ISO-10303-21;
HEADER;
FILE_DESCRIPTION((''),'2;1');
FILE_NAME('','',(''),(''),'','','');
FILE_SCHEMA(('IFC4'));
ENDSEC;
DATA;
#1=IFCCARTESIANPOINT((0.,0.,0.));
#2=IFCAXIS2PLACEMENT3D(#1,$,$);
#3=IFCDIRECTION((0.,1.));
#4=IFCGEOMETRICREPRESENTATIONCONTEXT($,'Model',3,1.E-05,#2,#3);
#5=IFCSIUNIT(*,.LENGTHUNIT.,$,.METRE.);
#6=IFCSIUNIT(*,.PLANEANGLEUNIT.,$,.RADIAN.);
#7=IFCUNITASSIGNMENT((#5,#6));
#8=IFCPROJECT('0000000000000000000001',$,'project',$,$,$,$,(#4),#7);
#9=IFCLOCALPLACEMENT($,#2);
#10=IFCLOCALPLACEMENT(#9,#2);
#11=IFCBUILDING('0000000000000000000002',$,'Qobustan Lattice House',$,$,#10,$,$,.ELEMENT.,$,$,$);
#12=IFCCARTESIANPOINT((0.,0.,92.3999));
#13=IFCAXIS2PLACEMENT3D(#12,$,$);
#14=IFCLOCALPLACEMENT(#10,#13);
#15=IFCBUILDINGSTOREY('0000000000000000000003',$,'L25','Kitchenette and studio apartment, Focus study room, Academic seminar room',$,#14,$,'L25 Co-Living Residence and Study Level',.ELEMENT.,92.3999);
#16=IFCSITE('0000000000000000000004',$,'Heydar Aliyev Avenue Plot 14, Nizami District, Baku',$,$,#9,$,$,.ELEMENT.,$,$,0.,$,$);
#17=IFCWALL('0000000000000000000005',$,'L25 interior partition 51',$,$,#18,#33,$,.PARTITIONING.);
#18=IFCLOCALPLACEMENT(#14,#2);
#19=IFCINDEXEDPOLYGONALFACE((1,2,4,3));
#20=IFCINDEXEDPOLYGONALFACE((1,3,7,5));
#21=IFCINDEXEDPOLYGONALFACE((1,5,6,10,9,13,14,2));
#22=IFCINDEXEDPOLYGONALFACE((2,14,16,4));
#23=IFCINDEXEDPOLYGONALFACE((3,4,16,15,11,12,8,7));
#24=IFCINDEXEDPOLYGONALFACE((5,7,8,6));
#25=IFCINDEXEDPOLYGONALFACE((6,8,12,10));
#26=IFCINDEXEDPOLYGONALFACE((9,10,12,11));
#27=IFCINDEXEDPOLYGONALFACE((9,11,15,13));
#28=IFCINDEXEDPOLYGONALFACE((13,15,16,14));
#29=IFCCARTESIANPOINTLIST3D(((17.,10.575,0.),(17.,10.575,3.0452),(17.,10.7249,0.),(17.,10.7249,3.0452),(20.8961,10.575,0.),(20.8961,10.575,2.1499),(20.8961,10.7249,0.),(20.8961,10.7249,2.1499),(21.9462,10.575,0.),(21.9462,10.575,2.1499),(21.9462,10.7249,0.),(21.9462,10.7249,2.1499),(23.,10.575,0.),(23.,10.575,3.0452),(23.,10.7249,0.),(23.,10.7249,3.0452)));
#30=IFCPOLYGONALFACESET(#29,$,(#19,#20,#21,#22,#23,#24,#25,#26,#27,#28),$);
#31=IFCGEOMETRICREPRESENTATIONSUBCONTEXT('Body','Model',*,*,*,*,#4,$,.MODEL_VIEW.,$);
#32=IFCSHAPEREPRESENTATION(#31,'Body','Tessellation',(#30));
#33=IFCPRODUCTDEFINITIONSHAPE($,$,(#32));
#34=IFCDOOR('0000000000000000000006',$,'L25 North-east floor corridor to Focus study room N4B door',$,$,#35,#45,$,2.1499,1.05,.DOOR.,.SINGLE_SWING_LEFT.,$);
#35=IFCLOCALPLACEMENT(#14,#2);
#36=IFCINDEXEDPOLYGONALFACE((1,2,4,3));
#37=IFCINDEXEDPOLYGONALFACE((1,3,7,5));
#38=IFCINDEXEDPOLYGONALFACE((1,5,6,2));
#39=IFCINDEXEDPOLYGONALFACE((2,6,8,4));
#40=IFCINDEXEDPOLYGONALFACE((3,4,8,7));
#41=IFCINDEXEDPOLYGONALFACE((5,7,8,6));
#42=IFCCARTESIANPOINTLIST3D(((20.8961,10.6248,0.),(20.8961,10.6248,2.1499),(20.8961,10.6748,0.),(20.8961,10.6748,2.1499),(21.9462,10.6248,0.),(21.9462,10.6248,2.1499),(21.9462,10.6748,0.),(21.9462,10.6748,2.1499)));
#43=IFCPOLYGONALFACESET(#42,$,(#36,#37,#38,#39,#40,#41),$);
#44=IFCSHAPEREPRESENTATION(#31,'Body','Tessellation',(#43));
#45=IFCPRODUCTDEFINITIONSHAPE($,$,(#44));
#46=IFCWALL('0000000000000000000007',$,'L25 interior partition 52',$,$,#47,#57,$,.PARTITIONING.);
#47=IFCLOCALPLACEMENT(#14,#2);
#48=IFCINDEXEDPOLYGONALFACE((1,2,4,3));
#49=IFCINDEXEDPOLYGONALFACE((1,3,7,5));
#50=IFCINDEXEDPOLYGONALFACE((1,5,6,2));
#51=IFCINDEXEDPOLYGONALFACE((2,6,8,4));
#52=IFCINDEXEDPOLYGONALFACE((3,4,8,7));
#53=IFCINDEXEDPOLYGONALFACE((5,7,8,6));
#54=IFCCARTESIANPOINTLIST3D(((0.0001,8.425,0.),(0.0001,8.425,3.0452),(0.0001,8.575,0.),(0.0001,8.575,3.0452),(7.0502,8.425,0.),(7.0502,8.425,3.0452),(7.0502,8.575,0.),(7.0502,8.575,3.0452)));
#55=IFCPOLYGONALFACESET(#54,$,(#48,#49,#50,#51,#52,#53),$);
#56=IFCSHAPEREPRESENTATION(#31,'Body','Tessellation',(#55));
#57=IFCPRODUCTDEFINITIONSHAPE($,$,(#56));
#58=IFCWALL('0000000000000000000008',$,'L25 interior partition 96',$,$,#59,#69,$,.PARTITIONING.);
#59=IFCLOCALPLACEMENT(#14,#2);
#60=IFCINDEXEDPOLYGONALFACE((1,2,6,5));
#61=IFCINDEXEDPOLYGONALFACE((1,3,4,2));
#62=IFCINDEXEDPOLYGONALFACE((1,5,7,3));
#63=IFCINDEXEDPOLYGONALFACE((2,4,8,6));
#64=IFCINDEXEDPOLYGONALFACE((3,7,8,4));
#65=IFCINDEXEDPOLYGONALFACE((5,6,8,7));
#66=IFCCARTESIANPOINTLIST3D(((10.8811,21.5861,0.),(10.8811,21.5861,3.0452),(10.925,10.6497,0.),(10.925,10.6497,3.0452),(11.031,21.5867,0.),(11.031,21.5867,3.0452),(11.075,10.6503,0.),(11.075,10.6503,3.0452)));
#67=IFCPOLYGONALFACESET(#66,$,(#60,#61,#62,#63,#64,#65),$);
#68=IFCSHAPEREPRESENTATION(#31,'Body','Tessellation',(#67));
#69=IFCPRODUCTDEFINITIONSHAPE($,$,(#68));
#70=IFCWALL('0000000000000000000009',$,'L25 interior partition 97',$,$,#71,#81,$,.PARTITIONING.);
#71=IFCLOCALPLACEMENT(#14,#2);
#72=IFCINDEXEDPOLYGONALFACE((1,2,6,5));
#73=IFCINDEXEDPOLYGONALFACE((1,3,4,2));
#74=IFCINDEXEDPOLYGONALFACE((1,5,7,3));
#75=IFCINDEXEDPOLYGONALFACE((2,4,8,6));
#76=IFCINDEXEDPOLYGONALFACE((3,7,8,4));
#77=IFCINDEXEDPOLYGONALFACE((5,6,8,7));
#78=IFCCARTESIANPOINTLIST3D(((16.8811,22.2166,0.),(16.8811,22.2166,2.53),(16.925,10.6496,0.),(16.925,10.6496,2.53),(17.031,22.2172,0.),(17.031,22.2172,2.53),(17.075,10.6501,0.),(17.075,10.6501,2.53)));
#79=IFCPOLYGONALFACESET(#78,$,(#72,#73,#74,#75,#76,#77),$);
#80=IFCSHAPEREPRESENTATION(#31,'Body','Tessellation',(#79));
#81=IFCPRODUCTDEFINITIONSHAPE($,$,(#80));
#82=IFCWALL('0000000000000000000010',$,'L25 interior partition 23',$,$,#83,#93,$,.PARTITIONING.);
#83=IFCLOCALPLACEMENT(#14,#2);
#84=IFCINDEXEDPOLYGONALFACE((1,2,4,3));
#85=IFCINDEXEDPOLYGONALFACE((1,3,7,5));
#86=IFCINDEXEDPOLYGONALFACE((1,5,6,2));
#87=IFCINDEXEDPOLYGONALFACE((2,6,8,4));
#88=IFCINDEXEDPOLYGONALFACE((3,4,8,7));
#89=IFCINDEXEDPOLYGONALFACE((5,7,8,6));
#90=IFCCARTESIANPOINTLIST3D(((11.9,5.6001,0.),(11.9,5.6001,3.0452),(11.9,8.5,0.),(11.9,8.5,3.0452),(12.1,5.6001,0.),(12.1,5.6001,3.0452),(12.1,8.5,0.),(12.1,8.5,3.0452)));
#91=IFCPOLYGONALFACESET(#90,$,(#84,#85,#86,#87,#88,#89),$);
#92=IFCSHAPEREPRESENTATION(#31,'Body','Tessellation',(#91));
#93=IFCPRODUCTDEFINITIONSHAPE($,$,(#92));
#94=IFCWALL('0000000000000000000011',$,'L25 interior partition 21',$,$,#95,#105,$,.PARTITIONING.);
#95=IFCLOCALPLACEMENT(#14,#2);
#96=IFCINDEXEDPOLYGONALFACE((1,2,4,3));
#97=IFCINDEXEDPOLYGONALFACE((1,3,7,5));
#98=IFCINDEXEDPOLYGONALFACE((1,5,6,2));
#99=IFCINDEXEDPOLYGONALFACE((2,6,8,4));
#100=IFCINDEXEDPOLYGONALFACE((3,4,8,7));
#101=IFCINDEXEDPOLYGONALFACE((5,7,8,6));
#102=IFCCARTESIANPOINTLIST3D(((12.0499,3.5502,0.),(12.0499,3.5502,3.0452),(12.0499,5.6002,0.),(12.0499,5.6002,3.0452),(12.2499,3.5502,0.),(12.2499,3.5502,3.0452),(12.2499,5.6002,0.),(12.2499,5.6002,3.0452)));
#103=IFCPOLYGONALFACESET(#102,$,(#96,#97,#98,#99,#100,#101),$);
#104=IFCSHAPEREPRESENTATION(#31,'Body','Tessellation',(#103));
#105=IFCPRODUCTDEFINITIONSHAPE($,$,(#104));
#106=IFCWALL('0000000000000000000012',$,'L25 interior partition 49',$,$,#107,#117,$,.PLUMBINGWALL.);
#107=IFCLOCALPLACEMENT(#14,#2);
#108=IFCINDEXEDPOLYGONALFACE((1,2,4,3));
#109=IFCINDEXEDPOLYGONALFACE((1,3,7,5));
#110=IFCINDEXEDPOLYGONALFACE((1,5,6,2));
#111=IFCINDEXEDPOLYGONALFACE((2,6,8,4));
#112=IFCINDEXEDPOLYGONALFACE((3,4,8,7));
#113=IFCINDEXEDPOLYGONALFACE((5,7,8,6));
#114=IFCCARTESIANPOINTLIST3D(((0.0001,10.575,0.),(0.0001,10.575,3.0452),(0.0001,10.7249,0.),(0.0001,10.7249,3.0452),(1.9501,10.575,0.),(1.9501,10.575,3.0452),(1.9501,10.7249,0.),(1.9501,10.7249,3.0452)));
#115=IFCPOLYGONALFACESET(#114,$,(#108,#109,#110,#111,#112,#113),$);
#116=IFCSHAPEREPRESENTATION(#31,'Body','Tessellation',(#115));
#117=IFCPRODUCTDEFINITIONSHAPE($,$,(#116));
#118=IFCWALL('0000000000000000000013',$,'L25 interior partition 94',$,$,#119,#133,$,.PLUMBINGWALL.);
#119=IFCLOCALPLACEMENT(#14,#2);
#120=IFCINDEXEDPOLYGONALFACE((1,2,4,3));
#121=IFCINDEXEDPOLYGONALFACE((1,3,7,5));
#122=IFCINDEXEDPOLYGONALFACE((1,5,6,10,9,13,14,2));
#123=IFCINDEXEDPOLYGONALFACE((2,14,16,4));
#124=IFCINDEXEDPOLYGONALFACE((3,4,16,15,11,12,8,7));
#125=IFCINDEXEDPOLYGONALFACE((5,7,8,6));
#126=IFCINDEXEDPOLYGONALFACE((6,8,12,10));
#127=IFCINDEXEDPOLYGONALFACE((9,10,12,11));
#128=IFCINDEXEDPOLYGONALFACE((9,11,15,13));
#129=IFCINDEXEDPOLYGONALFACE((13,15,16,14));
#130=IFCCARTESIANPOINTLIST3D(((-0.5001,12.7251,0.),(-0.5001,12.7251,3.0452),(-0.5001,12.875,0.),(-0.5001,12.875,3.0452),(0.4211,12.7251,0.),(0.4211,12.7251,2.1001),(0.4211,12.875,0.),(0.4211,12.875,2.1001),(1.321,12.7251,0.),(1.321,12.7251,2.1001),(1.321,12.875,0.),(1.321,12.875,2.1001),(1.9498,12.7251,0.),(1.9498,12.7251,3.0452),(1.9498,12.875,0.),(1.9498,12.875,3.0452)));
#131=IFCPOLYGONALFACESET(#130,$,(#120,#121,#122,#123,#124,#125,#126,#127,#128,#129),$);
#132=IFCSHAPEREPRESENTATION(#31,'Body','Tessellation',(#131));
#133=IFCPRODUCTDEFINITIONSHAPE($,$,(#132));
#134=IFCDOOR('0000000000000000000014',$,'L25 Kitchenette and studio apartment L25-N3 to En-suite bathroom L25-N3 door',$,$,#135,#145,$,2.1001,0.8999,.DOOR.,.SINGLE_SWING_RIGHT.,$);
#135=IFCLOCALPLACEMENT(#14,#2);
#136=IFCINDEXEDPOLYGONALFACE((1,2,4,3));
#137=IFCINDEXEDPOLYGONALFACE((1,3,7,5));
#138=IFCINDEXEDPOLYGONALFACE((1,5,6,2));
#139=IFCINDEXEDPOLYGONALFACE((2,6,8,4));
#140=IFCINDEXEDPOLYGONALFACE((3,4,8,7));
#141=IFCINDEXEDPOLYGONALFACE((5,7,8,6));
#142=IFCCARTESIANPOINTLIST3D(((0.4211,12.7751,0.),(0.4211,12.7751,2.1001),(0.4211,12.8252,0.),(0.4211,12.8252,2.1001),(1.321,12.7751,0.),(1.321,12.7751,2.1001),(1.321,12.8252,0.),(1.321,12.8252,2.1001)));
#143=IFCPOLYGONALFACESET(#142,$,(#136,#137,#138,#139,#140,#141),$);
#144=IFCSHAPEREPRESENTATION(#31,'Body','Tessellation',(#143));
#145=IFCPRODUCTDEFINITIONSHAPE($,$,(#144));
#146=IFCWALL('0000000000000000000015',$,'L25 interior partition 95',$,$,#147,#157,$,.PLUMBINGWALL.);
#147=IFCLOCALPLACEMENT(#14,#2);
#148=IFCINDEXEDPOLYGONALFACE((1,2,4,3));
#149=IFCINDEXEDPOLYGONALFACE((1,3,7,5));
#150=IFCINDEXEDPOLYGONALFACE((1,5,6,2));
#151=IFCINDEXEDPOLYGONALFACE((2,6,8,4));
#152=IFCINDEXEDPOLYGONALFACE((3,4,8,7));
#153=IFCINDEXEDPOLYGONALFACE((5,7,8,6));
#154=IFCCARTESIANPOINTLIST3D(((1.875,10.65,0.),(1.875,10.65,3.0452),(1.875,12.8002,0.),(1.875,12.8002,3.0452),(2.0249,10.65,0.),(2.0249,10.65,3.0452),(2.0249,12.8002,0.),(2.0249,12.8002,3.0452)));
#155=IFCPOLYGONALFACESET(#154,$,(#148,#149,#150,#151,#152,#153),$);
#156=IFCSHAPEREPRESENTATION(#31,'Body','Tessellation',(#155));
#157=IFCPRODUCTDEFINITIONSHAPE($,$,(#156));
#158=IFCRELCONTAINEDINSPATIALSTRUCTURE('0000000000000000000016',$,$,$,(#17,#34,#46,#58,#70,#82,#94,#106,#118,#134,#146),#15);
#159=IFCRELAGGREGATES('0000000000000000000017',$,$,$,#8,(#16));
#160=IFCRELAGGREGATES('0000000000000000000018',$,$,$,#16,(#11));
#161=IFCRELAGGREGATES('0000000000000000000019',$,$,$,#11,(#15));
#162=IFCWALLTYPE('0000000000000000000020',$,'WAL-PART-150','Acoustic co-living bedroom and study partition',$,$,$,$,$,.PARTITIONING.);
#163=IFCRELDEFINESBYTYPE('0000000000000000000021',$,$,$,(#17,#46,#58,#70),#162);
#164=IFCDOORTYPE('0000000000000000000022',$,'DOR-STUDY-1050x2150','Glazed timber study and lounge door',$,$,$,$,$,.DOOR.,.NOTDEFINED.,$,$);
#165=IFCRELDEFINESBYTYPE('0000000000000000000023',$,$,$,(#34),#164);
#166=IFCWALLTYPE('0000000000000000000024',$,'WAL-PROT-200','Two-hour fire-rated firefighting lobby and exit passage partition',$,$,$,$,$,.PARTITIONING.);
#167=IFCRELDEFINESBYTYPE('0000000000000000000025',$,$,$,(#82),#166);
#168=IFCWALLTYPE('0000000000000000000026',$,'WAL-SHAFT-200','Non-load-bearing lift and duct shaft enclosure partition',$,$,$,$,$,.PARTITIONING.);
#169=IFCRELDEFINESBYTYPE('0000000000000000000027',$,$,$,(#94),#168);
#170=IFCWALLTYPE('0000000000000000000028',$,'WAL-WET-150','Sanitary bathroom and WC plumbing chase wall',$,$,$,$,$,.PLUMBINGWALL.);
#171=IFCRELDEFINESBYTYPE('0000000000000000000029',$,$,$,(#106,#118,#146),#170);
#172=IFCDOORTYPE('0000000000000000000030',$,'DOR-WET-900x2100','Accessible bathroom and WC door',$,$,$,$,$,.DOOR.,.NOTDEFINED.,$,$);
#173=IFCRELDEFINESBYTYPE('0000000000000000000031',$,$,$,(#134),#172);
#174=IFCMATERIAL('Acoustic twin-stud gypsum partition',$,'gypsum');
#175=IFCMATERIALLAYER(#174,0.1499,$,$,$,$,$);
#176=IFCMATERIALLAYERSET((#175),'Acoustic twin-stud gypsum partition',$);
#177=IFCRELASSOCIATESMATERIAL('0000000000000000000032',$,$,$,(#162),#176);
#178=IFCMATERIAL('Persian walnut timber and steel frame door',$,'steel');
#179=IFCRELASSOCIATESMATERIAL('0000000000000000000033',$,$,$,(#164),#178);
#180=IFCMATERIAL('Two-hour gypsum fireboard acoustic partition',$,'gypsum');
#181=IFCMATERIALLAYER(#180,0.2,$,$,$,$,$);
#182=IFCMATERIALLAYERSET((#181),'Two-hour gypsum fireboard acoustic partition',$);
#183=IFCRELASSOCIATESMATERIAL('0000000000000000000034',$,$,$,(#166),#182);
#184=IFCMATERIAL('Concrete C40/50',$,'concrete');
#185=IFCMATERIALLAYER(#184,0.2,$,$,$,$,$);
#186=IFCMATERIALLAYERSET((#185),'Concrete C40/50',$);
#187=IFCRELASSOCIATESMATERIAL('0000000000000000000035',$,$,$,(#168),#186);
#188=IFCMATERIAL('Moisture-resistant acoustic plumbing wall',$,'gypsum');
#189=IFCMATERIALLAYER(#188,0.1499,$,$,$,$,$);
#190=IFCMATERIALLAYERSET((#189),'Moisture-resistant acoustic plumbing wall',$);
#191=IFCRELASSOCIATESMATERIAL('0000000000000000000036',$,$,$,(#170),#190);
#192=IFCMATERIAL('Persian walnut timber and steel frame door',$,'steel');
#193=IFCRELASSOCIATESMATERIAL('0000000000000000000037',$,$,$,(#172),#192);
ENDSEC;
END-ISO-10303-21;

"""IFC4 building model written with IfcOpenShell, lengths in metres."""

from ifc_helpers import new_model, si_unit, direction, frame, frame_2d, origin, place, context, subcontext, project, spatial, rectangle, extrude, material, layer, layer_set, type_object, element, fill, save


model = new_model("IFC4")

# Units and contexts
model_context = context("Model", 3, precision=1e-05, world=origin(), true_north=direction((0.0, 1.0)))
body_context = subcontext(model_context, "Body", "Model", "MODEL_VIEW")
ifc_project = project(units=[si_unit("LENGTHUNIT", "METRE"), si_unit("PLANEANGLEUNIT", "RADIAN")], contexts=[model_context])

# Site, building, storey
site_placement = place(None, origin())
site = spatial("IfcSite", under=ifc_project, at=site_placement, Name="Heydar Aliyev Avenue Plot 14, Nizami District, Baku", CompositionType="ELEMENT", RefElevation=0.0)
building_placement = place(site_placement, origin())
building = spatial("IfcBuilding", under=site, at=building_placement, Name="Qobustan Lattice House", CompositionType="ELEMENT")
storey_placement = place(building_placement, frame((0.0, 0.0, 92.3999)))
storey = spatial("IfcBuildingStorey", under=building, at=storey_placement, Name="L25", Description="Kitchenette and studio apartment, Focus study room, Academic seminar room", LongName="L25 Co-Living Residence and Study Level", CompositionType="ELEMENT", Elevation=92.3999)

# Wall, opening, door
ifc_material_1 = material(Name="Acoustic twin-stud gypsum partition", Category="gypsum")
ifc_layer_1 = layer(ifc_material_1, 0.1499)
ifc_layer_set_1 = layer_set([ifc_layer_1], Name="Acoustic twin-stud gypsum partition")
wall_type_1 = type_object("IfcWallType", Name="WAL-PART-150", Description="Acoustic co-living bedroom and study partition", PredefinedType="PARTITIONING", material=ifc_layer_set_1)
ifc_material_2 = material(Name="Persian walnut timber and steel frame door", Category="steel")
door_type_1 = type_object("IfcDoorType", Name="DOR-STUDY-1050x2150", Description="Glazed timber study and lounge door", OperationType="NOTDEFINED", PredefinedType="DOOR", material=ifc_material_2)
wall_1_placement = place(storey_placement, frame((17.0, 10.6499, 0.0), z_axis=(0.0, 0.0, 1.0), x_axis=(1.0, 0.0, 0.0)))
wall_1 = element("IfcWall", 1, at=wall_1_placement, inside=storey, type_object=wall_type_1, Name="L25 interior partition 51", PredefinedType="PARTITIONING", context=body_context, shape_type="SweptSolid", body=[
    extrude(rectangle(XDim=6.0, YDim=0.1499, at=frame_2d((3.0, 0.0))), origin(), (0.0, 0.0, 1.0), 3.0452),
])
opening_1_placement = place(wall_1_placement, frame((3.8962, 0.0, 0.0)))
opening_1 = element("IfcOpeningElement", 2, at=opening_1_placement, cuts=wall_1, PredefinedType="OPENING", context=body_context, shape_type="SweptSolid", body=[
    extrude(rectangle(XDim=1.05, YDim=2.1499, at=frame_2d((0.5249, 1.075))), frame((0.0, 0.085, 0.0), z_axis=(0.0, -1.0, 0.0), x_axis=(1.0, 0.0, 0.0)), (0.0, 0.0, 1.0), 0.1699),
])
door_1_placement = place(opening_1_placement, origin())
door_1 = element("IfcDoor", 3, at=door_1_placement, inside=storey, type_object=door_type_1, Name="L25 North-east floor corridor to Focus study room N4B door", OperationType="SINGLE_SWING_LEFT", OverallHeight=2.1499, OverallWidth=1.05, PredefinedType="DOOR", context=body_context, shape_type="SweptSolid", body=[
    extrude(rectangle(XDim=1.05, YDim=2.1499, at=frame_2d((0.5249, 1.075))), frame((0.0, 0.0249, 0.0), z_axis=(0.0, -1.0, 0.0), x_axis=(1.0, 0.0, 0.0)), (0.0, 0.0, 1.0), 0.05),
])
fill(opening_1, door_1)

# Walls
wall_2_placement = place(storey_placement, frame((7.05, 8.5, 0.0), z_axis=(0.0, 0.0, 1.0), x_axis=(-1.0, 0.0, 0.0)))
element("IfcWall", 4, at=wall_2_placement, inside=storey, type_object=wall_type_1, Name="L25 interior partition 52", PredefinedType="PARTITIONING", context=body_context, shape_type="SweptSolid", body=[
    extrude(rectangle(XDim=7.05, YDim=0.1499, at=frame_2d((3.5249, 0.0))), origin(), (0.0, 0.0, 1.0), 3.0452),
])
wall_3_placement = place(storey_placement, frame((10.9561, 21.5864, 0.0), z_axis=(0.0, 0.0, 1.0), x_axis=(0.004018, -0.999992, 0.0)))
element("IfcWall", 5, at=wall_3_placement, inside=storey, type_object=wall_type_1, Name="L25 interior partition 96", PredefinedType="PARTITIONING", context=body_context, shape_type="SweptSolid", body=[
    extrude(rectangle(XDim=10.9365, YDim=0.1499, at=frame_2d((5.4683, 0.0))), origin(), (0.0, 0.0, 1.0), 3.0452),
])
wall_4_placement = place(storey_placement, frame((16.9561, 22.217, 0.0), z_axis=(0.0, 0.0, 1.0), x_axis=(0.003799, -0.999993, 0.0)))
element("IfcWall", 6, at=wall_4_placement, inside=storey, type_object=wall_type_1, Name="L25 interior partition 97", PredefinedType="PARTITIONING", context=body_context, shape_type="SweptSolid", body=[
    extrude(rectangle(XDim=11.5671, YDim=0.1499, at=frame_2d((5.7837, 0.0))), origin(), (0.0, 0.0, 1.0), 2.53),
])
ifc_material_3 = material(Name="Two-hour gypsum fireboard acoustic partition", Category="gypsum")
ifc_layer_2 = layer(ifc_material_3, 0.2)
ifc_layer_set_2 = layer_set([ifc_layer_2], Name="Two-hour gypsum fireboard acoustic partition")
wall_type_2 = type_object("IfcWallType", Name="WAL-PROT-200", Description="Two-hour fire-rated firefighting lobby and exit passage partition", PredefinedType="PARTITIONING", material=ifc_layer_set_2)
wall_5_placement = place(storey_placement, frame((12.0, 8.5, 0.0), z_axis=(0.0, 0.0, 1.0), x_axis=(0.0, -1.0, 0.0)))
element("IfcWall", 7, at=wall_5_placement, inside=storey, type_object=wall_type_2, Name="L25 interior partition 23", PredefinedType="PARTITIONING", context=body_context, shape_type="SweptSolid", body=[
    extrude(rectangle(XDim=2.8999, YDim=0.2, at=frame_2d((1.45, 0.0))), origin(), (0.0, 0.0, 1.0), 3.0452),
])
ifc_material_4 = material(Name="Concrete C40/50", Category="concrete")
ifc_layer_3 = layer(ifc_material_4, 0.2)
ifc_layer_set_3 = layer_set([ifc_layer_3], Name="Concrete C40/50")
wall_type_3 = type_object("IfcWallType", Name="WAL-SHAFT-200", Description="Non-load-bearing lift and duct shaft enclosure partition", PredefinedType="PARTITIONING", material=ifc_layer_set_3)
wall_6_placement = place(storey_placement, frame((12.1499, 5.6001, 0.0), z_axis=(0.0, 0.0, 1.0), x_axis=(0.0, -1.0, 0.0)))
element("IfcWall", 8, at=wall_6_placement, inside=storey, type_object=wall_type_3, Name="L25 interior partition 21", PredefinedType="PARTITIONING", context=body_context, shape_type="SweptSolid", body=[
    extrude(rectangle(XDim=2.05, YDim=0.2, at=frame_2d((1.0249, 0.0))), origin(), (0.0, 0.0, 1.0), 3.0452),
])
ifc_material_5 = material(Name="Moisture-resistant acoustic plumbing wall", Category="gypsum")
ifc_layer_4 = layer(ifc_material_5, 0.1499)
ifc_layer_set_4 = layer_set([ifc_layer_4], Name="Moisture-resistant acoustic plumbing wall")
wall_type_4 = type_object("IfcWallType", Name="WAL-WET-150", Description="Sanitary bathroom and WC plumbing chase wall", PredefinedType="PLUMBINGWALL", material=ifc_layer_set_4)
wall_7_placement = place(storey_placement, frame((0.0, 10.6499, 0.0), z_axis=(0.0, 0.0, 1.0), x_axis=(1.0, 0.0, 0.0)))
element("IfcWall", 9, at=wall_7_placement, inside=storey, type_object=wall_type_4, Name="L25 interior partition 49", PredefinedType="PLUMBINGWALL", context=body_context, shape_type="SweptSolid", body=[
    extrude(rectangle(XDim=1.95, YDim=0.1499, at=frame_2d((0.9751, 0.0))), origin(), (0.0, 0.0, 1.0), 3.0452),
])

# Wall, opening, door
wall_8_placement = place(storey_placement, frame((1.95, 12.8, 0.0), z_axis=(0.0, 0.0, 1.0), x_axis=(-1.0, 0.0, 0.0)))
wall_8 = element("IfcWall", 10, at=wall_8_placement, inside=storey, type_object=wall_type_4, Name="L25 interior partition 94", PredefinedType="PLUMBINGWALL", context=body_context, shape_type="SweptSolid", body=[
    extrude(rectangle(XDim=2.45, YDim=0.1499, at=frame_2d((1.2251, 0.0))), origin(), (0.0, 0.0, 1.0), 3.0452),
])
opening_2_placement = place(wall_8_placement, frame((0.6289, 0.0, 0.0)))
opening_2 = element("IfcOpeningElement", 11, at=opening_2_placement, cuts=wall_8, PredefinedType="OPENING", context=body_context, shape_type="SweptSolid", body=[
    extrude(rectangle(XDim=0.8999, YDim=2.1001, at=frame_2d((0.45, 1.05))), frame((0.0, 0.085, 0.0), z_axis=(0.0, -1.0, 0.0), x_axis=(1.0, 0.0, 0.0)), (0.0, 0.0, 1.0), 0.1699),
])
ifc_material_6 = material(Name="Persian walnut timber and steel frame door", Category="steel")
door_type_2 = type_object("IfcDoorType", Name="DOR-WET-900x2100", Description="Accessible bathroom and WC door", OperationType="NOTDEFINED", PredefinedType="DOOR", material=ifc_material_6)
door_2_placement = place(opening_2_placement, origin())
door_2 = element("IfcDoor", 12, at=door_2_placement, inside=storey, type_object=door_type_2, Name="L25 Kitchenette and studio apartment L25-N3 to En-suite bathroom L25-N3 door", OperationType="SINGLE_SWING_RIGHT", OverallHeight=2.1001, OverallWidth=0.8999, PredefinedType="DOOR", context=body_context, shape_type="SweptSolid", body=[
    extrude(rectangle(XDim=0.8999, YDim=2.1001, at=frame_2d((0.45, 1.05))), frame((0.0, 0.0249, 0.0), z_axis=(0.0, -1.0, 0.0), x_axis=(1.0, 0.0, 0.0)), (0.0, 0.0, 1.0), 0.05),
])
fill(opening_2, door_2)

# Wall
wall_9_placement = place(storey_placement, frame((1.95, 10.6499, 0.0), z_axis=(0.0, 0.0, 1.0), x_axis=(0.0, 1.0, 0.0)))
element("IfcWall", 13, at=wall_9_placement, inside=storey, type_object=wall_type_4, Name="L25 interior partition 95", PredefinedType="PLUMBINGWALL", context=body_context, shape_type="SweptSolid", body=[
    extrude(rectangle(XDim=2.1501, YDim=0.1499, at=frame_2d((1.0752, 0.0))), origin(), (0.0, 0.0, 1.0), 3.0452),
])

save(model, "model.ifc")
